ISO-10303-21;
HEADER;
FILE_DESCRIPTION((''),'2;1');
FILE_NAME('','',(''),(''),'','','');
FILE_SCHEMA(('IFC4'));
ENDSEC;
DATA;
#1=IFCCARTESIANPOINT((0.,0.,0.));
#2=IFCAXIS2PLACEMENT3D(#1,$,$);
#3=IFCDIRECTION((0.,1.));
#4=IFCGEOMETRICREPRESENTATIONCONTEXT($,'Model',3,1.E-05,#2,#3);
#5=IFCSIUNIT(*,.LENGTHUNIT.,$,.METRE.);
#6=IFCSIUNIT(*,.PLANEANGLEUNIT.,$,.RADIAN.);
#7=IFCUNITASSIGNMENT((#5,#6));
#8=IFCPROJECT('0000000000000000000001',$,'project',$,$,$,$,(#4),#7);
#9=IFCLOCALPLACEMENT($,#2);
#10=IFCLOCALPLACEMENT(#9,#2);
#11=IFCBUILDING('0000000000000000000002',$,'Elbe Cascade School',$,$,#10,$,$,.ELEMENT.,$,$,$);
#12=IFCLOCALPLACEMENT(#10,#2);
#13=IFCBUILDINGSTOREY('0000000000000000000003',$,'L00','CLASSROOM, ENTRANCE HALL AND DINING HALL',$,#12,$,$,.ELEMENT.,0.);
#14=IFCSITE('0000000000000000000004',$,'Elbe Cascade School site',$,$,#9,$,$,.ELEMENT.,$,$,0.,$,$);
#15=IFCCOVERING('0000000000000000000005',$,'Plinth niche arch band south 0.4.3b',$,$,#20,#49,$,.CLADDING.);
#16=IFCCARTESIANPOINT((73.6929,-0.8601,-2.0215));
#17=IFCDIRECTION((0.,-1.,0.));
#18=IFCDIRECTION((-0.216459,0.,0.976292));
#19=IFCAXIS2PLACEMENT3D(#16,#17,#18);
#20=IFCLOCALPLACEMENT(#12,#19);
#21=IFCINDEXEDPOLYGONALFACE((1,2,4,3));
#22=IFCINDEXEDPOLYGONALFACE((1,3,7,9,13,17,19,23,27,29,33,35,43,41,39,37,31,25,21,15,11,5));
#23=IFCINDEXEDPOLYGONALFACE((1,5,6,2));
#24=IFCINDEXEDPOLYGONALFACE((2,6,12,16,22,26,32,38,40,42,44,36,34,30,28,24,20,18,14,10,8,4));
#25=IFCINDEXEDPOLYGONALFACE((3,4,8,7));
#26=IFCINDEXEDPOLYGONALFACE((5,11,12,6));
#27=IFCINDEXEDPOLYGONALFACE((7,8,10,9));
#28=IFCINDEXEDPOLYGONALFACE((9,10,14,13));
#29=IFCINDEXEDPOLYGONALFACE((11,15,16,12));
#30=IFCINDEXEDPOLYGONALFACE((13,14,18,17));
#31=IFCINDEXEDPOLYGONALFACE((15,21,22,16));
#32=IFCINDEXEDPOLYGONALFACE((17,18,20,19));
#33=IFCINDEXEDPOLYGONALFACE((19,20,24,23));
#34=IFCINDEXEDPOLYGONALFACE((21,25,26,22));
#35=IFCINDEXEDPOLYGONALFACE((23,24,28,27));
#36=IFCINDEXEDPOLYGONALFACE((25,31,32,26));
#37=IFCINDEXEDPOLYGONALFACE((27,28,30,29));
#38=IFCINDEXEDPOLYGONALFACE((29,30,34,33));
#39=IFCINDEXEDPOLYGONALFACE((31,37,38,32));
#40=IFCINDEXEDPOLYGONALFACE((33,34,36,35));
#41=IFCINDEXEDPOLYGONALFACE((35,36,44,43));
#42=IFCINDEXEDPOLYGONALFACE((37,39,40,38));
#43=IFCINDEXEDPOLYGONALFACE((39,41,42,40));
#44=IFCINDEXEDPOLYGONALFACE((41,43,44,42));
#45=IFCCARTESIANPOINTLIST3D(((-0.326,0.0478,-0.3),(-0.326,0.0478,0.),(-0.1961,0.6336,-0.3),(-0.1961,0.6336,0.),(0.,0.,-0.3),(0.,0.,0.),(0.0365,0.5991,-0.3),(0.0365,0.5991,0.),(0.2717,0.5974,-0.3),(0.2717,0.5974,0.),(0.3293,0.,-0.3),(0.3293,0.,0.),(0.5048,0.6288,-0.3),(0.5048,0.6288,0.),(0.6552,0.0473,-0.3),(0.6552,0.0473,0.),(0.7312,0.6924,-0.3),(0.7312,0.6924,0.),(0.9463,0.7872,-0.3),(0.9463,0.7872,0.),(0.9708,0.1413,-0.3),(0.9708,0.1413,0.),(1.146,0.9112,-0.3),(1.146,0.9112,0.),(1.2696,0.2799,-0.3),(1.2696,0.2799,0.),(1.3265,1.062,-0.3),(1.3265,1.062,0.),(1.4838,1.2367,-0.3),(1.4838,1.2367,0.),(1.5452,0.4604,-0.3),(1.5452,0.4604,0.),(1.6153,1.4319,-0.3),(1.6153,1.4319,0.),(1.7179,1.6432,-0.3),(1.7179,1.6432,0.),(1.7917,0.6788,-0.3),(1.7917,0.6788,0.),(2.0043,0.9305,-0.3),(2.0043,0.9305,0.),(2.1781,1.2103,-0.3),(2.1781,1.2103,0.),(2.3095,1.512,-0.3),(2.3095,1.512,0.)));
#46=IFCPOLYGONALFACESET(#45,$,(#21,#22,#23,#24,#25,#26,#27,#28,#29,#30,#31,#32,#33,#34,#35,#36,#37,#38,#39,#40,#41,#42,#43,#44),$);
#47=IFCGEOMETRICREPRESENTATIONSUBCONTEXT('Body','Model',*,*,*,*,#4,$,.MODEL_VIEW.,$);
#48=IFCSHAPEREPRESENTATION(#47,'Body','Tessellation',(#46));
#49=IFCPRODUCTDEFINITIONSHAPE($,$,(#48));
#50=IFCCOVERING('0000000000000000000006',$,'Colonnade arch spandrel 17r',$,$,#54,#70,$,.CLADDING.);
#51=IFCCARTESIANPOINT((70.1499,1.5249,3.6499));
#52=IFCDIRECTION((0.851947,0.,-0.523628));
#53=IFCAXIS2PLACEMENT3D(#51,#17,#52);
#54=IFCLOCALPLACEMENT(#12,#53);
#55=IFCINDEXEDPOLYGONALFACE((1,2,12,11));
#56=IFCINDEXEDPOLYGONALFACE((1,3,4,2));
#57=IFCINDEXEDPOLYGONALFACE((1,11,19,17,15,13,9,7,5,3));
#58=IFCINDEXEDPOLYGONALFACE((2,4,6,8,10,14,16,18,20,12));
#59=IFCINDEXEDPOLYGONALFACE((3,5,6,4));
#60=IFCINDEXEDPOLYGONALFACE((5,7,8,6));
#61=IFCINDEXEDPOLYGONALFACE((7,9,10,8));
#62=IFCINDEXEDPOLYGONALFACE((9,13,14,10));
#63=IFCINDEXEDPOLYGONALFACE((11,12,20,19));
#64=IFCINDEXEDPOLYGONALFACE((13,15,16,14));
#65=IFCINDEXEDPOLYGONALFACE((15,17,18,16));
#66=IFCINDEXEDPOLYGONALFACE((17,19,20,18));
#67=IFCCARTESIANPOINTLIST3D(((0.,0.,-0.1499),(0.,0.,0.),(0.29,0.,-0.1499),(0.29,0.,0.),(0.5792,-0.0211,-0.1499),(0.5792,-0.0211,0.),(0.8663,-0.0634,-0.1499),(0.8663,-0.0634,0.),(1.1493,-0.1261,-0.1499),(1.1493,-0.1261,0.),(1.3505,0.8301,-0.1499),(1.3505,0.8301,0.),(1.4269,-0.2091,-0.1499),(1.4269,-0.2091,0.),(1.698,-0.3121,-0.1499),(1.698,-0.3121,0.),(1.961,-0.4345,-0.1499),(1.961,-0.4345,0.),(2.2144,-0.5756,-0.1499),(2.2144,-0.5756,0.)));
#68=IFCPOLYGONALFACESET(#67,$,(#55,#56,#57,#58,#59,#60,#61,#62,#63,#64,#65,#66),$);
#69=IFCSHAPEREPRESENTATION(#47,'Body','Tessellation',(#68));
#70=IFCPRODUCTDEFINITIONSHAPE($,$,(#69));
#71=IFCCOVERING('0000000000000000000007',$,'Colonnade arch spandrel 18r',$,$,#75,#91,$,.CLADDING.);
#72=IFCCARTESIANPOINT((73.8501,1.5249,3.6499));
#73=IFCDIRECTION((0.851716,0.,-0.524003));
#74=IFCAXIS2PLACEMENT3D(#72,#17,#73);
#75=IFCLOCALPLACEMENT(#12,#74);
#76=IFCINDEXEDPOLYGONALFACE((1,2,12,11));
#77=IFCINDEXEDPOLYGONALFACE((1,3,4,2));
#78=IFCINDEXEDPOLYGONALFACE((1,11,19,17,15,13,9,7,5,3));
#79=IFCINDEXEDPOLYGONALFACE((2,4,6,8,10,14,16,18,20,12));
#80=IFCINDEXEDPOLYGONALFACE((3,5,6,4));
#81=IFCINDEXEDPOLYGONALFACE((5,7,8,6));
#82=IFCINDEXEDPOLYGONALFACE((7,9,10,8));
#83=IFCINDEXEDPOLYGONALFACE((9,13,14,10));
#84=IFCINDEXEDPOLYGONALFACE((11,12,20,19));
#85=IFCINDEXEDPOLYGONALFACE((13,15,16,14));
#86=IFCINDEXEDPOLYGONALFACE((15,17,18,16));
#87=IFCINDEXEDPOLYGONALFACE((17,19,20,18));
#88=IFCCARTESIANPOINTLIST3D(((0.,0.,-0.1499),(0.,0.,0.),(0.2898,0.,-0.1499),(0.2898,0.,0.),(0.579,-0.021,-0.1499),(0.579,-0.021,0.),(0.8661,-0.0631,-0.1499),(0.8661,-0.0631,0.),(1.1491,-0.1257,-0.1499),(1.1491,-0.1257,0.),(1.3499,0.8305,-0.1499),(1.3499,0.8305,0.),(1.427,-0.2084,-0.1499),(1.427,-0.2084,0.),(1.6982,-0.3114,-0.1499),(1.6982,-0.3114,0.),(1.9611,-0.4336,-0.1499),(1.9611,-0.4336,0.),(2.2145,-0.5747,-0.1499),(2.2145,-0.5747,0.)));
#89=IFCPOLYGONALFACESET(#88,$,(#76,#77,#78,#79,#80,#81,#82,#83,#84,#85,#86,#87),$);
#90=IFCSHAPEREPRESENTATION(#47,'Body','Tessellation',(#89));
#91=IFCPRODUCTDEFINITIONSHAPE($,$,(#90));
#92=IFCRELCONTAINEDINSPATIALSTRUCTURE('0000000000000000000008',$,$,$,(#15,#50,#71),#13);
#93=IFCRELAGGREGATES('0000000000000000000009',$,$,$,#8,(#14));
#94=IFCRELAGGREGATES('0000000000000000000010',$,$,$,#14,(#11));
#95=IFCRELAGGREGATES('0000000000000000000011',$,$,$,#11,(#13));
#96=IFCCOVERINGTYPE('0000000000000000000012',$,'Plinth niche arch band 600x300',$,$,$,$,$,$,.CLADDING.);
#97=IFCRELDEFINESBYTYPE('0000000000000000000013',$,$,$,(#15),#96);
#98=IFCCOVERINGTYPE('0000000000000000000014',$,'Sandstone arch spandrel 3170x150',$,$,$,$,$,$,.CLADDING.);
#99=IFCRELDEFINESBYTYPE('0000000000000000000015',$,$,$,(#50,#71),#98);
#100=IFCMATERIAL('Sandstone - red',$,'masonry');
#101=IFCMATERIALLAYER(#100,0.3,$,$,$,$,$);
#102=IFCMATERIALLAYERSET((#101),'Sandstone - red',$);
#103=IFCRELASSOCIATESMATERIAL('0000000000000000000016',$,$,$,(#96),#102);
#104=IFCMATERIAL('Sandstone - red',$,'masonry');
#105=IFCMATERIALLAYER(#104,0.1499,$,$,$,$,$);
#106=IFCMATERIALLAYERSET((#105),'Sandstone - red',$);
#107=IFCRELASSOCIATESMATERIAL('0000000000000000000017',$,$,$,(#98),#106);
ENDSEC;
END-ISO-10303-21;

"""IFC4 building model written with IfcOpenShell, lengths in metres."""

from ifc_helpers import new_model, si_unit, direction, frame, origin, place, context, subcontext, project, spatial, polyline, outline, extrude, material, layer, layer_set, type_object, element, save


model = new_model("IFC4")

# Units and contexts
model_context = context("Model", 3, precision=1e-05, world=origin(), true_north=direction((0.0, 1.0)))
body_context = subcontext(model_context, "Body", "Model", "MODEL_VIEW")
ifc_project = project(units=[si_unit("LENGTHUNIT", "METRE"), si_unit("PLANEANGLEUNIT", "RADIAN")], contexts=[model_context])

# Site, building, storey
site_placement = place(None, origin())
site = spatial("IfcSite", under=ifc_project, at=site_placement, Name="Elbe Cascade School site", CompositionType="ELEMENT", RefElevation=0.0)
building_placement = place(site_placement, origin())
building = spatial("IfcBuilding", under=site, at=building_placement, Name="Elbe Cascade School", CompositionType="ELEMENT")
storey_placement = place(building_placement, origin())
storey = spatial("IfcBuildingStorey", under=building, at=storey_placement, Name="L00", Description="CLASSROOM, ENTRANCE HALL AND DINING HALL", CompositionType="ELEMENT", Elevation=0.0)

# Coverings
ifc_material_1 = material(Name="Sandstone - red", Category="masonry")
ifc_layer_1 = layer(ifc_material_1, 0.3)
ifc_layer_set_1 = layer_set([ifc_layer_1], Name="Sandstone - red")
covering_type_1 = type_object("IfcCoveringType", Name="Plinth niche arch band 600x300", PredefinedType="CLADDING", material=ifc_layer_set_1)
covering_1_placement = place(storey_placement, frame((73.6929, -0.8601, -2.0215), z_axis=(0.0, -1.0, 0.0), x_axis=(-0.216459, 0.0, 0.976292)))
element("IfcCovering", 1, at=covering_1_placement, inside=storey, type_object=covering_type_1, Name="Plinth niche arch band south 0.4.3b", PredefinedType="CLADDING", context=body_context, shape_type="SweptSolid", body=[
    extrude(outline(polyline([(0.0, 0.0), (0.3293, 0.0), (0.6552, 0.0473), (0.9708, 0.1413), (1.2696, 0.2799), (1.5452, 0.4604), (1.7917, 0.6788), (2.0043, 0.9305), (2.1781, 1.2103), (2.3095, 1.512), (1.7179, 1.6432), (1.6153, 1.4319), (1.4838, 1.2367), (1.3265, 1.062), (1.146, 0.9112), (0.9463, 0.7872), (0.7312, 0.6924), (0.5048, 0.6288), (0.2717, 0.5974), (0.0365, 0.5991), (-0.1961, 0.6336), (-0.326, 0.0478), (0.0, 0.0)])), origin(), (0.0, 0.0, -1.0), 0.3),
])
ifc_material_2 = material(Name="Sandstone - red", Category="masonry")
ifc_layer_2 = layer(ifc_material_2, 0.1499)
ifc_layer_set_2 = layer_set([ifc_layer_2], Name="Sandstone - red")
covering_type_2 = type_object("IfcCoveringType", Name="Sandstone arch spandrel 3170x150", PredefinedType="CLADDING", material=ifc_layer_set_2)
covering_2_placement = place(storey_placement, frame((70.1499, 1.5249, 3.6499), z_axis=(0.0, -1.0, 0.0), x_axis=(0.851947, 0.0, -0.523628)))
element("IfcCovering", 2, at=covering_2_placement, inside=storey, type_object=covering_type_2, Name="Colonnade arch spandrel 17r", PredefinedType="CLADDING", context=body_context, shape_type="SweptSolid", body=[
    extrude(outline(polyline([(0.0, 0.0), (0.29, 0.0), (0.5792, -0.0211), (0.8663, -0.0634), (1.1493, -0.1261), (1.4269, -0.2091), (1.698, -0.3121), (1.961, -0.4345), (2.2144, -0.5756), (1.3505, 0.8301), (0.0, 0.0)])), origin(), (0.0, 0.0, -1.0), 0.1499),
])
covering_3_placement = place(storey_placement, frame((73.8501, 1.5249, 3.6499), z_axis=(0.0, -1.0, 0.0), x_axis=(0.851716, 0.0, -0.524003)))
element("IfcCovering", 3, at=covering_3_placement, inside=storey, type_object=covering_type_2, Name="Colonnade arch spandrel 18r", PredefinedType="CLADDING", context=body_context, shape_type="SweptSolid", body=[
    extrude(outline(polyline([(0.0, 0.0), (0.2898, 0.0), (0.579, -0.021), (0.8661, -0.0631), (1.1491, -0.1257), (1.427, -0.2084), (1.6982, -0.3114), (1.9611, -0.4336), (2.2145, -0.5747), (1.3499, 0.8305), (0.0, 0.0)])), origin(), (0.0, 0.0, -1.0), 0.1499),
])

save(model, "model.ifc")
